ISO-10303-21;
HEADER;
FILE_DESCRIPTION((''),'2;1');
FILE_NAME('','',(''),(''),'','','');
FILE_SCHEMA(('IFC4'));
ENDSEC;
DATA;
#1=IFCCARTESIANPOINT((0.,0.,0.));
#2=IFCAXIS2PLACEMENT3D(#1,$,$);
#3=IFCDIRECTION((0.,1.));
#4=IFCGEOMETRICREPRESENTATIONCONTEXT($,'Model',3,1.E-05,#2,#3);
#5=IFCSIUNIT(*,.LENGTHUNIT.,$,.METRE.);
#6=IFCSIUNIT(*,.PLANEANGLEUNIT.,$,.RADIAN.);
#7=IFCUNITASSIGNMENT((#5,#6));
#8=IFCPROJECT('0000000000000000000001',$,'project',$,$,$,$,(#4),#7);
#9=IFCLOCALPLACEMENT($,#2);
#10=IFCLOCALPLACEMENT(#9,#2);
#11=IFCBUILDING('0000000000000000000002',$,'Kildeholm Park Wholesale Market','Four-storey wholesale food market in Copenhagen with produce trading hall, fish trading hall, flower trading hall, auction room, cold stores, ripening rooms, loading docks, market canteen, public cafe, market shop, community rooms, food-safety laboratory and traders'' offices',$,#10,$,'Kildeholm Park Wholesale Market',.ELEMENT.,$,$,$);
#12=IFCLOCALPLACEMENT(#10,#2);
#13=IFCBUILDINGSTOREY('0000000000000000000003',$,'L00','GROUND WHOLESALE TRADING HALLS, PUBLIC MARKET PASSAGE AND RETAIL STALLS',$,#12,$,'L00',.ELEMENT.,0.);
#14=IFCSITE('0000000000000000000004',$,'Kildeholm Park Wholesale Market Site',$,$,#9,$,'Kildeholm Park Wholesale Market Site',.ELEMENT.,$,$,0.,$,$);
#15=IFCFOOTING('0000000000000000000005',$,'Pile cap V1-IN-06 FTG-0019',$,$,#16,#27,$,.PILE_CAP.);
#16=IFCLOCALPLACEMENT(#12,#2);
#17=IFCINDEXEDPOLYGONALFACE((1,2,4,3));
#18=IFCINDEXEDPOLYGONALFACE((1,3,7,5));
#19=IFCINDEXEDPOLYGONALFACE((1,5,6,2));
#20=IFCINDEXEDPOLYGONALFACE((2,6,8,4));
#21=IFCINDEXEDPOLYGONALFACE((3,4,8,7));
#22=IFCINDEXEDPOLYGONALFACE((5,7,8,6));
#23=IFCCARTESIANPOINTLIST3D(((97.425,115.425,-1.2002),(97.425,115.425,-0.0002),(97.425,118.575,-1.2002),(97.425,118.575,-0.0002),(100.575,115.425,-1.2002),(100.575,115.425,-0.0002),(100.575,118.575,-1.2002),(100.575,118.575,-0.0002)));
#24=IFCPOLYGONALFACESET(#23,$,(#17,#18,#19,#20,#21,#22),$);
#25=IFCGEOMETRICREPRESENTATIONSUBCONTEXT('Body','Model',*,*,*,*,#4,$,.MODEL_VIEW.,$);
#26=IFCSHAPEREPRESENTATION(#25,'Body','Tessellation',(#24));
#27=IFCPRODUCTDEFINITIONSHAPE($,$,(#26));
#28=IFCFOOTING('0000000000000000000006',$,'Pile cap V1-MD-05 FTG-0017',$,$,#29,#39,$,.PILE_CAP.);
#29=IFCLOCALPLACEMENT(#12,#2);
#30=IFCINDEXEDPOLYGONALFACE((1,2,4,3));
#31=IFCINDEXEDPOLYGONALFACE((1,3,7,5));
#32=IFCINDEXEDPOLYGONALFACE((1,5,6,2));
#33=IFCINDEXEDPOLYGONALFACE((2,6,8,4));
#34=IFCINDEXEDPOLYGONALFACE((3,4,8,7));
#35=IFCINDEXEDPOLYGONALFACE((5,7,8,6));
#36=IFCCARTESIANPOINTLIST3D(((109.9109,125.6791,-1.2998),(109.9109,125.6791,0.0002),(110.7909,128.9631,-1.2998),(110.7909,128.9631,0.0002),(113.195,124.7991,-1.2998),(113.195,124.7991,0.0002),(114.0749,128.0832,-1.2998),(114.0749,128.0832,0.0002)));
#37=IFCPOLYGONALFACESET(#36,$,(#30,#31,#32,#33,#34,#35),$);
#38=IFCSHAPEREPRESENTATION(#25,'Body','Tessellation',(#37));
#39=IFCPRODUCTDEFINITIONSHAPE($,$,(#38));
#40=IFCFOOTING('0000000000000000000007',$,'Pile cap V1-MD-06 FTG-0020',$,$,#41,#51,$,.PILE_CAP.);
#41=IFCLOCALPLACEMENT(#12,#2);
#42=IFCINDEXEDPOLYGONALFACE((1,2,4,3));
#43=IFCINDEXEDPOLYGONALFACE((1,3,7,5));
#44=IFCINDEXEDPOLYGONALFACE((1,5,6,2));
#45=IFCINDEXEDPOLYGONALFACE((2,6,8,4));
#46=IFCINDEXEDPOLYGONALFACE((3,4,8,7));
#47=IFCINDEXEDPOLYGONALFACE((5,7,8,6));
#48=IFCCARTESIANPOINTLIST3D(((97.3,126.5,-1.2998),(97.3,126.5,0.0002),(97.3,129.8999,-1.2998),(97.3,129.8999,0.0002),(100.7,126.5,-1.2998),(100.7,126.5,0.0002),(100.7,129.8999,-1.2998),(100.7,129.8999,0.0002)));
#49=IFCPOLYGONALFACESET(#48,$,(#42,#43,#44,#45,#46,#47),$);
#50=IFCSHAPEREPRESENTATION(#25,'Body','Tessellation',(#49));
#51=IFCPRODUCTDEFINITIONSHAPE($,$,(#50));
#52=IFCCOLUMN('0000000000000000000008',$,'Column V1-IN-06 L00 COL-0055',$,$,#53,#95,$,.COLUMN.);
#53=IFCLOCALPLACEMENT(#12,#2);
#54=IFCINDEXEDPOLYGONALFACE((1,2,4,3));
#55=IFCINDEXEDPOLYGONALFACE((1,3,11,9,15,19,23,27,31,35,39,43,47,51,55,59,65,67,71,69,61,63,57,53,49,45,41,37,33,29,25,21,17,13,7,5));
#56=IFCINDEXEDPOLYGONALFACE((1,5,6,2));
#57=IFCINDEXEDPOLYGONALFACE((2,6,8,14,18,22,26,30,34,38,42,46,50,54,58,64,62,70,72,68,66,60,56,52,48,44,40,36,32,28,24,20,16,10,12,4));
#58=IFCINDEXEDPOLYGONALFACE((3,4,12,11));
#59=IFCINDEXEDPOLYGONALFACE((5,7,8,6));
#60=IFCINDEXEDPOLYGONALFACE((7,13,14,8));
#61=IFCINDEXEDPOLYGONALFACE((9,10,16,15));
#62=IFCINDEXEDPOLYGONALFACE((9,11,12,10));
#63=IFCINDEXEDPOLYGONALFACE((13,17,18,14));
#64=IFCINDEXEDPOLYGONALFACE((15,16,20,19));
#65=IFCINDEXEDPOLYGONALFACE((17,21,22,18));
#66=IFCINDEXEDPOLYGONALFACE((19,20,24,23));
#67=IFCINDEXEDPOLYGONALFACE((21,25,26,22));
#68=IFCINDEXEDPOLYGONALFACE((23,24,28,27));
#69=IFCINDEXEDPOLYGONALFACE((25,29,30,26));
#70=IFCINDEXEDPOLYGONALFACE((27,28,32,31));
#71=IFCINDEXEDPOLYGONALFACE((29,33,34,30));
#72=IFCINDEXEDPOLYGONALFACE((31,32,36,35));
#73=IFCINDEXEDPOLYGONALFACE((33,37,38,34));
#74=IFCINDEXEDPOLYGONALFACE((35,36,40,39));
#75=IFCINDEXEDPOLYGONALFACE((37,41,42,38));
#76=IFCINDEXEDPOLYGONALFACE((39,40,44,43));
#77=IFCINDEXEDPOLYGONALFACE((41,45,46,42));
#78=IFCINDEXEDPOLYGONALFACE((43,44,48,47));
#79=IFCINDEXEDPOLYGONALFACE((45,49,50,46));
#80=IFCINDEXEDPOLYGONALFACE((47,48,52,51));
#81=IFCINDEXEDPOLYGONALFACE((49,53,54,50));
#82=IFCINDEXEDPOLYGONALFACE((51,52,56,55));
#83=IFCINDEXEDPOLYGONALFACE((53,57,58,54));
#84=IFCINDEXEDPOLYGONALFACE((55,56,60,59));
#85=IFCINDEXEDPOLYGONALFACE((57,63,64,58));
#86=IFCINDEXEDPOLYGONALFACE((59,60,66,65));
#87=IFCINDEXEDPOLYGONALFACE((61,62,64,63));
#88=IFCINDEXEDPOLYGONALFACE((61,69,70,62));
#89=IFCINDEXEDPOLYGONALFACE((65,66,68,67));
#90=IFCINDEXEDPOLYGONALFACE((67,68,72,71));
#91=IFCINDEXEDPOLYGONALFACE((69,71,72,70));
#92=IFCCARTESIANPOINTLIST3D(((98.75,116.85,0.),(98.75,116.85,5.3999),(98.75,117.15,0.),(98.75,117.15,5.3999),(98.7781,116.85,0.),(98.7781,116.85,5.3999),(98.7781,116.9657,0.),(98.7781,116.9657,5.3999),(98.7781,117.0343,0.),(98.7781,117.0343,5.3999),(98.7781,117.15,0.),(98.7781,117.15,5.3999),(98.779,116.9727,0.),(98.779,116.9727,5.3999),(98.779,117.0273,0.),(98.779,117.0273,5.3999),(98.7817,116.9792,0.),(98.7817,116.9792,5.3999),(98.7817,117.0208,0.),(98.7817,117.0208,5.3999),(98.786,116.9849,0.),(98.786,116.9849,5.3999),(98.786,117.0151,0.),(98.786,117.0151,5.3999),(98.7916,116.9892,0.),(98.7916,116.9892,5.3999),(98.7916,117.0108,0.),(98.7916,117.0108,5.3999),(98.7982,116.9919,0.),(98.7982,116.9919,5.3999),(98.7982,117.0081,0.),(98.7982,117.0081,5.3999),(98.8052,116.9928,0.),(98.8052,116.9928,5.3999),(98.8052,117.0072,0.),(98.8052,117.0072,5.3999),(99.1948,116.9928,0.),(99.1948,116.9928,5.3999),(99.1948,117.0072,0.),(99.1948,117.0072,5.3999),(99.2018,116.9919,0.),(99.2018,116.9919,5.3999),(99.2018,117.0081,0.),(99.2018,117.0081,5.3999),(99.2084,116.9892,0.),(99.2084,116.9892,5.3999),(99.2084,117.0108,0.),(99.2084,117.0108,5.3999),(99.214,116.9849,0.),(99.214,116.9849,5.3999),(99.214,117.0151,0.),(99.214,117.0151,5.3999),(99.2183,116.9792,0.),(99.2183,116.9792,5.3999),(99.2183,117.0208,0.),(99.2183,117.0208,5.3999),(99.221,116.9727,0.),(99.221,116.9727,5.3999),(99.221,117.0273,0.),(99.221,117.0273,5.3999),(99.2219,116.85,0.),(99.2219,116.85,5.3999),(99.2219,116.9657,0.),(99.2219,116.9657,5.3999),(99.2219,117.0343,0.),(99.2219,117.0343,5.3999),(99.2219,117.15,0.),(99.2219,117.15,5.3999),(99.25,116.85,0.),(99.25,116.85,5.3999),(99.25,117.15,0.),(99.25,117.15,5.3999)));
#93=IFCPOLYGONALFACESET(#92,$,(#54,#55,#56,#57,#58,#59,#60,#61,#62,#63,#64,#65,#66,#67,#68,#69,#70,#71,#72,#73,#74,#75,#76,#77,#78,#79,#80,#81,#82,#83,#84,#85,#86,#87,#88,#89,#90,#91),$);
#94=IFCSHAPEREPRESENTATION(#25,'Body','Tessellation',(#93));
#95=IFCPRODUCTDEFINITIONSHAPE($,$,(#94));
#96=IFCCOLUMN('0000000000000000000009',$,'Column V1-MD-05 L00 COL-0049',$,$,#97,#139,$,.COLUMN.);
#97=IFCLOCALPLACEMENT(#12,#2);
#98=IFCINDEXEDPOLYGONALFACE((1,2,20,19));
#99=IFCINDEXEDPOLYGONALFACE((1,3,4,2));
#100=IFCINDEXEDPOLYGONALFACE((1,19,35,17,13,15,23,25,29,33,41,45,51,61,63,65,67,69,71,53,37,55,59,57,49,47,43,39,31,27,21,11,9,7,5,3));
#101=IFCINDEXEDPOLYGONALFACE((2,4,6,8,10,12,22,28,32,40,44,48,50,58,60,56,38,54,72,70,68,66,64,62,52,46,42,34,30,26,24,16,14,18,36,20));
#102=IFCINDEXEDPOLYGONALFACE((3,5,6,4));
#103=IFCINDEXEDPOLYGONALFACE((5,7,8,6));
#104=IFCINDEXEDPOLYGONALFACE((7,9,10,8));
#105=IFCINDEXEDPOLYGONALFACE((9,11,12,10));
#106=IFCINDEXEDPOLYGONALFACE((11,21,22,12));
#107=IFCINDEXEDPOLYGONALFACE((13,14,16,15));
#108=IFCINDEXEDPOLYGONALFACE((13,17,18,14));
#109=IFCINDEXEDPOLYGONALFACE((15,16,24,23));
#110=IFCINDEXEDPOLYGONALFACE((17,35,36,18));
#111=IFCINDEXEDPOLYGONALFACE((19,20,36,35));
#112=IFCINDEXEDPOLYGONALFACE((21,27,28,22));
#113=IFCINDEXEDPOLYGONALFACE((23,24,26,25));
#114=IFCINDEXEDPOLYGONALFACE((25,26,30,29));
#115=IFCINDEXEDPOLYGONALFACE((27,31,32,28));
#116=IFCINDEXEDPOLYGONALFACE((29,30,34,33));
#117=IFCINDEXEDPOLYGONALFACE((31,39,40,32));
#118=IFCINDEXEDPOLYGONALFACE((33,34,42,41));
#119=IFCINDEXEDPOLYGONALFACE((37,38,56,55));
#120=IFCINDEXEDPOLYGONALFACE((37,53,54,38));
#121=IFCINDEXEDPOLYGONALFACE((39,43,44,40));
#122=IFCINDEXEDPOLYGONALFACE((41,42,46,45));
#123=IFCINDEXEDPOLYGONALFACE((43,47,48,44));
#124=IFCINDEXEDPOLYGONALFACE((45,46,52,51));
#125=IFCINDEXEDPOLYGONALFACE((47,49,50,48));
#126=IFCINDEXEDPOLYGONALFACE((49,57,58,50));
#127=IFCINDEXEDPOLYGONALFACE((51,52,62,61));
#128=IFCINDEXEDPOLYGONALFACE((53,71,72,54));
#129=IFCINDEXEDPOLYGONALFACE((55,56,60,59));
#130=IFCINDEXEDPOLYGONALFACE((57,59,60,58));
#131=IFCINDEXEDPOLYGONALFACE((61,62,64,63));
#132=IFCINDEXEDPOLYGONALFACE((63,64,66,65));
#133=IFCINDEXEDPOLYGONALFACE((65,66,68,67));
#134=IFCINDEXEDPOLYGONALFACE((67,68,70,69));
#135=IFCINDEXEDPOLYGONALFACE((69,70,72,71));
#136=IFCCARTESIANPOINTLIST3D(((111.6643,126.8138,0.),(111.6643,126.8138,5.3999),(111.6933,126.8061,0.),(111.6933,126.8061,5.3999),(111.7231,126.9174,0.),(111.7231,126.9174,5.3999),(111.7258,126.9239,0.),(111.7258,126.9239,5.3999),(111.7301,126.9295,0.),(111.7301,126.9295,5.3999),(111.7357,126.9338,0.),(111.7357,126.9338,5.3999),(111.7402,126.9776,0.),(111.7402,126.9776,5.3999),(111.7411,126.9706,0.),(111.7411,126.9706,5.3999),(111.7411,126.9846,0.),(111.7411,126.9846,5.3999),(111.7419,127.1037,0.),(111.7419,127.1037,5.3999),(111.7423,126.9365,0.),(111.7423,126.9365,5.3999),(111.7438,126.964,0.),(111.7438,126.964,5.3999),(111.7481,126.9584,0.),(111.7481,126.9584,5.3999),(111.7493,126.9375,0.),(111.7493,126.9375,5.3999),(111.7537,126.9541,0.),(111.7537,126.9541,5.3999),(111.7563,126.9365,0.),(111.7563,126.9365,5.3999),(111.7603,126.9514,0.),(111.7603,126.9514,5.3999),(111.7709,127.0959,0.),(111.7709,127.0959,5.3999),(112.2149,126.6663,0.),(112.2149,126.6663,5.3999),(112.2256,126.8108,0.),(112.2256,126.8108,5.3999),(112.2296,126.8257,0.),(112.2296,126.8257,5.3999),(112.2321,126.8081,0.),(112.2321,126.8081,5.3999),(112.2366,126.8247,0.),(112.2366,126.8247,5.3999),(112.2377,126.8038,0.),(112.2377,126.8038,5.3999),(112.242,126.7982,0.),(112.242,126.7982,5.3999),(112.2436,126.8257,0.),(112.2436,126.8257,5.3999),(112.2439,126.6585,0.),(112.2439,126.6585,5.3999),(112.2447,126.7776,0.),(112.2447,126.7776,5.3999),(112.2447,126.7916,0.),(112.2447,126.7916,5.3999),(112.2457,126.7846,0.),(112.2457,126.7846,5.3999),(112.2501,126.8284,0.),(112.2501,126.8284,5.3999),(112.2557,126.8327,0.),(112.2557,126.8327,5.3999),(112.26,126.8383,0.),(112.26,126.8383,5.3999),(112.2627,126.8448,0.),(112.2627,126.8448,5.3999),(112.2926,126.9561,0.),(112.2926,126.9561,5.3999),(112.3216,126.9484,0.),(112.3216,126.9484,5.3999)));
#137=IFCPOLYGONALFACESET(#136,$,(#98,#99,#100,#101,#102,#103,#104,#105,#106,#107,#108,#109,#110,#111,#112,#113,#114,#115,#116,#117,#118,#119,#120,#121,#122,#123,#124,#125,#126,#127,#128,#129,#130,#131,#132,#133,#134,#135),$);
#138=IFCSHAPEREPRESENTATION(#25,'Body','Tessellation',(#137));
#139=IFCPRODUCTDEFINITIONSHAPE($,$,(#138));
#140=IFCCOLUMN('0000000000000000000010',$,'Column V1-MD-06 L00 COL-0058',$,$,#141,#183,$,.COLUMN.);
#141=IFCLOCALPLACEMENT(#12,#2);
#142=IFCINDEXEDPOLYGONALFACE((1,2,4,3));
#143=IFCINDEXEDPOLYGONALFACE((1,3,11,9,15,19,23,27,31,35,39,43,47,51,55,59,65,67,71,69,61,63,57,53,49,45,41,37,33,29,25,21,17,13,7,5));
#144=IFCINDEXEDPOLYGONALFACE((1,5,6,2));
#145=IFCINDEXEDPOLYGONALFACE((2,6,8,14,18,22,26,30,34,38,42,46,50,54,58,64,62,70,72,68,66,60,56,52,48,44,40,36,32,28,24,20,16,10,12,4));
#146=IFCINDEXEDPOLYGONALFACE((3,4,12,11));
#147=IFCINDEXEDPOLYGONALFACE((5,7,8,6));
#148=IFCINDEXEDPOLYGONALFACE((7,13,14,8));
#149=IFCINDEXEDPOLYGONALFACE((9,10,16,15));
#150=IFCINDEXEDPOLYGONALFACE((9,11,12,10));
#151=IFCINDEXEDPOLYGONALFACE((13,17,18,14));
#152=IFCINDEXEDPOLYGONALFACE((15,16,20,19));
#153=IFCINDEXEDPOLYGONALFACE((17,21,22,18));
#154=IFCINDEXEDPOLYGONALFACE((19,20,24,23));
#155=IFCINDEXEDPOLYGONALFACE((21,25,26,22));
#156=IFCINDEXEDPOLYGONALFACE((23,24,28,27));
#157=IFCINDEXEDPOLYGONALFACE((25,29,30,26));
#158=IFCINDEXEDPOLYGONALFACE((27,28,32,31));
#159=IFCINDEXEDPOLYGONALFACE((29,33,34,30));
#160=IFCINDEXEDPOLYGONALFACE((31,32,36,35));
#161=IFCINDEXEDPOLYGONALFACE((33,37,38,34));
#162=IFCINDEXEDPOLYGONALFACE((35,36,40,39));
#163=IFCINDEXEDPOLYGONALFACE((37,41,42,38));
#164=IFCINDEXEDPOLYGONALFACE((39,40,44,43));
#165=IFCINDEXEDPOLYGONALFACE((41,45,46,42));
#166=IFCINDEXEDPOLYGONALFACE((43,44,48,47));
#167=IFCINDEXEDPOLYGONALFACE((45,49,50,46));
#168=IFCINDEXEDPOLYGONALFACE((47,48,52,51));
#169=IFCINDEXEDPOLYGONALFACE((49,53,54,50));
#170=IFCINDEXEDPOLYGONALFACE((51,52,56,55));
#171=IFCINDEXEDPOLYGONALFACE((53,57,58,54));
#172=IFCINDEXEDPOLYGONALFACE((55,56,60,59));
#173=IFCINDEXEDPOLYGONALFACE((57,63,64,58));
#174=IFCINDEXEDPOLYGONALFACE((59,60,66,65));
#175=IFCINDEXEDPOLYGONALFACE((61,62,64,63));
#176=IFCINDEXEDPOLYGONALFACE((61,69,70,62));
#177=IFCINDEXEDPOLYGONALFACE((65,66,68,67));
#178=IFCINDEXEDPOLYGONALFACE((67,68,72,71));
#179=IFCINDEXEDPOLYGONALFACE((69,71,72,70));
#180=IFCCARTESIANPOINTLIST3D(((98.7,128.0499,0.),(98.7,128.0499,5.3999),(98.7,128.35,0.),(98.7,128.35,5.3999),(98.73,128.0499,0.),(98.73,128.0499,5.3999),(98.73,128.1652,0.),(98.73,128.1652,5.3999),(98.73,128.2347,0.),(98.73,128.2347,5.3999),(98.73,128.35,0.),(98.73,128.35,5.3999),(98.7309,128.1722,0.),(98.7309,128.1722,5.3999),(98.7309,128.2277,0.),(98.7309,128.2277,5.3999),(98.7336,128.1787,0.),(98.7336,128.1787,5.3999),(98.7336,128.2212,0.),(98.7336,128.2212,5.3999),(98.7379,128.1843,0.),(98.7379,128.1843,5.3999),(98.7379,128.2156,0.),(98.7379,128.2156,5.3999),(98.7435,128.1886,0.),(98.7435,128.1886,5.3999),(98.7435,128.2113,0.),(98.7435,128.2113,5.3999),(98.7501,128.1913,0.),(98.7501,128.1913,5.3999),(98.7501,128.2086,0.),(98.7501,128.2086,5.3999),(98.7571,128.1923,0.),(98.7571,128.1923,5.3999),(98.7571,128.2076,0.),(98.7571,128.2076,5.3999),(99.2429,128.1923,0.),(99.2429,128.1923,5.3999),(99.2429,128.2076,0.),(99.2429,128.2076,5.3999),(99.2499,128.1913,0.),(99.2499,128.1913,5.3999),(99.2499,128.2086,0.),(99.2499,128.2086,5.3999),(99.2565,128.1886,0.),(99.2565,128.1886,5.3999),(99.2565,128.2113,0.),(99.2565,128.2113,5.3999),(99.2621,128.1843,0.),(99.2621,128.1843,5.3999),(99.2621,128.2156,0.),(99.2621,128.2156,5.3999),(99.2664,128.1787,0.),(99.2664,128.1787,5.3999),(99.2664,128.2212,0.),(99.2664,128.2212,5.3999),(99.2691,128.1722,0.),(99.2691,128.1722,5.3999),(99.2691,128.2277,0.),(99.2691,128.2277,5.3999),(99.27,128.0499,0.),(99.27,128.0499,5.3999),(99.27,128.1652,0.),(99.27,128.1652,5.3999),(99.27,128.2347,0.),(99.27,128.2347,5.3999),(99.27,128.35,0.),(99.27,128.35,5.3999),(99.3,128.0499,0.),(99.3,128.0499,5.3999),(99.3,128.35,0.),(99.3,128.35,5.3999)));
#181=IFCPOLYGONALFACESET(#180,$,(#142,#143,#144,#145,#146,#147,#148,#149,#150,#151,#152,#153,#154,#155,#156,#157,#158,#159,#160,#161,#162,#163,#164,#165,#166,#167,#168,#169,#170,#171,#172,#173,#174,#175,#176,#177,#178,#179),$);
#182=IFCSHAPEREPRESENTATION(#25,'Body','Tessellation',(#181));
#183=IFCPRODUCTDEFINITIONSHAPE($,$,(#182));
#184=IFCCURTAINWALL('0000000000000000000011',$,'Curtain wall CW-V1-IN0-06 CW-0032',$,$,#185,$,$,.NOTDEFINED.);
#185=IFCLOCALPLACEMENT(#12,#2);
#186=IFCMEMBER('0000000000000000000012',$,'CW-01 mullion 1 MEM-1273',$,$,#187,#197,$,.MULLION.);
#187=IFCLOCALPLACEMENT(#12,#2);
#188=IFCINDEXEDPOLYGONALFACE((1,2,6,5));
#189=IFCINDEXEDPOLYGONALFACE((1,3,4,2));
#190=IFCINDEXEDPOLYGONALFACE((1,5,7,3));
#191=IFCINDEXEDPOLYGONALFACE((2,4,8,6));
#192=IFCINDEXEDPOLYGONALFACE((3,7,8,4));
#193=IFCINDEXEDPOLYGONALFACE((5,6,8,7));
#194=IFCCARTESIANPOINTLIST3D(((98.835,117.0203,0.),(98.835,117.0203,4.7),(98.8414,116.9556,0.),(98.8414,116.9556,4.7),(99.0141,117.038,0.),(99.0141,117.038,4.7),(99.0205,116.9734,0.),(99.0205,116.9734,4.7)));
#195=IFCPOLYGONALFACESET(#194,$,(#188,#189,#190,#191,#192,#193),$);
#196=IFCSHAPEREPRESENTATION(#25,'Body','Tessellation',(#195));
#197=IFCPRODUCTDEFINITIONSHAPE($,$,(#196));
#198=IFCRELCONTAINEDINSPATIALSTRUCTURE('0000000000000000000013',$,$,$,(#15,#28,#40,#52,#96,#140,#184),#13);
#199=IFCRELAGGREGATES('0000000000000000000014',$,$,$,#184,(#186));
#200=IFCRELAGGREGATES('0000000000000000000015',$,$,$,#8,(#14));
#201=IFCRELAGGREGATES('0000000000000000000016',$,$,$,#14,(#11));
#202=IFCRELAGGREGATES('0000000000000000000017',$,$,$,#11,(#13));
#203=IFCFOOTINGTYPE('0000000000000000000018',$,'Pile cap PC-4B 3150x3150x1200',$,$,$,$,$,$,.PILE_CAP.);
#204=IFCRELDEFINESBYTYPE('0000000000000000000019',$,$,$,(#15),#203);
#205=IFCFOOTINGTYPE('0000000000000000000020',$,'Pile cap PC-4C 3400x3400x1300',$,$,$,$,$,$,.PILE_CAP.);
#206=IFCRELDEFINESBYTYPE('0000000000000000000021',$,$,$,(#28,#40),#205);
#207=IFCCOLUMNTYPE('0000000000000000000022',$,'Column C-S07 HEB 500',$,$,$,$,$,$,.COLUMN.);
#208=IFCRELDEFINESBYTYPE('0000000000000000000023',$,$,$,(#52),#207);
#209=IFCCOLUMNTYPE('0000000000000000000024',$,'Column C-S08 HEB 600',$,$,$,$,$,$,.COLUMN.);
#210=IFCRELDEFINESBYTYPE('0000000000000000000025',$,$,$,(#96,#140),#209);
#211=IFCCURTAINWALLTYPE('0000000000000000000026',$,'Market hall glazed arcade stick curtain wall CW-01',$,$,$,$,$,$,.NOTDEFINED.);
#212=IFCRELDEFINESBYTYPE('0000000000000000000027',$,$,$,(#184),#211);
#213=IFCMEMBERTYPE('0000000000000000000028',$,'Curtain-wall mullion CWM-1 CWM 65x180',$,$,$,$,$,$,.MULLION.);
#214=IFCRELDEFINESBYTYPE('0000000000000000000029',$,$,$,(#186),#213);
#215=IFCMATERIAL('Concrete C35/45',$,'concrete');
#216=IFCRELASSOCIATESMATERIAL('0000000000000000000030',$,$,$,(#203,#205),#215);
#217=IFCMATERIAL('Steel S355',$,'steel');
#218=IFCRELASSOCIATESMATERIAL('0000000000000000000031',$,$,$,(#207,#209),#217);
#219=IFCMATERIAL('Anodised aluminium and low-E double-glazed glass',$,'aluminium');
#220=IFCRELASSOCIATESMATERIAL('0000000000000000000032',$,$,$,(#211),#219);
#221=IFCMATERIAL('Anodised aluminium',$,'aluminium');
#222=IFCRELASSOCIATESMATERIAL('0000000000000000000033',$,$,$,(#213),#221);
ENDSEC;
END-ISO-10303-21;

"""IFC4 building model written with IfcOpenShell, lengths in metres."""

from ifc_helpers import new_model, si_unit, direction, frame, origin, origin_2d, place, context, subcontext, project, spatial, rectangle, i_section, extrude, material, material_profile, profile_set, type_object, element, aggregate, save


model = new_model("IFC4")

# Units and contexts
model_context = context("Model", 3, precision=1e-05, world=origin(), true_north=direction((0.0, 1.0)))
body_context = subcontext(model_context, "Body", "Model", "MODEL_VIEW")
ifc_project = project(units=[si_unit("LENGTHUNIT", "METRE"), si_unit("PLANEANGLEUNIT", "RADIAN")], contexts=[model_context])

# Site, building, storey
site_placement = place(None, origin())
site = spatial("IfcSite", under=ifc_project, at=site_placement, Name="Kildeholm Park Wholesale Market Site", LongName="Kildeholm Park Wholesale Market Site", CompositionType="ELEMENT", RefElevation=0.0)
building_placement = place(site_placement, origin())
building = spatial("IfcBuilding", under=site, at=building_placement, Name="Kildeholm Park Wholesale Market", Description="Four-storey wholesale food market in Copenhagen with produce trading hall, fish trading hall, flower trading hall, auction room, cold stores, ripening rooms, loading docks, market canteen, public cafe, market shop, community rooms, food-safety laboratory and traders' offices", LongName="Kildeholm Park Wholesale Market", CompositionType="ELEMENT")
storey_placement = place(building_placement, origin())
storey = spatial("IfcBuildingStorey", under=building, at=storey_placement, Name="L00", Description="GROUND WHOLESALE TRADING HALLS, PUBLIC MARKET PASSAGE AND RETAIL STALLS", LongName="L00", CompositionType="ELEMENT", Elevation=0.0)

# Shared definitions
ifc_material_1 = material(Name="Concrete C35/45", Category="concrete")

# Footings
footing_type_1 = type_object("IfcFootingType", Name="Pile cap PC-4B 3150x3150x1200", PredefinedType="PILE_CAP", material=ifc_material_1)
footing_1_placement = place(storey_placement, frame((99.0, 117.0, -1.2002), z_axis=(0.0, 0.0, 1.0), x_axis=(0.0, 1.0, 0.0)))
element("IfcFooting", 1, at=footing_1_placement, inside=storey, type_object=footing_type_1, Name="Pile cap V1-IN-06 FTG-0019", PredefinedType="PILE_CAP", context=body_context, shape_type="SweptSolid", body=[
    extrude(rectangle(XDim=3.1499, YDim=3.1499, at=origin_2d()), origin(), (0.0, 0.0, 1.0), 1.2),
])
footing_type_2 = type_object("IfcFootingType", Name="Pile cap PC-4C 3400x3400x1300", PredefinedType="PILE_CAP", material=ifc_material_1)
for number, where, z_axis, x_axis, name in (
    (2, (111.9929, 126.8811, -1.2998), (0.0, 0.0, 1.0), (0.258819, 0.965926, 0.0), "Pile cap V1-MD-05 FTG-0017"),
    (3, (99.0, 128.2, -1.2998), (0.0, 0.0, 1.0), (0.0, 1.0, 0.0), "Pile cap V1-MD-06 FTG-0020"),
):
    element("IfcFooting", number, at=place(storey_placement, frame(where, z_axis=z_axis, x_axis=x_axis)), inside=storey, type_object=footing_type_2, Name=name, PredefinedType="PILE_CAP", context=body_context, shape_type="SweptSolid", body=[
        extrude(rectangle(XDim=3.3999, YDim=3.3999, at=origin_2d()), origin(), (0.0, 0.0, 1.0), 1.3),
    ])

# Columns
ifc_material_2 = material(Name="Steel S355", Category="steel")
ifc_material_profile_1 = material_profile(ifc_material_2, i_section(OverallWidth=0.3, OverallDepth=0.5, WebThickness=0.0144, FlangeThickness=0.0281, FilletRadius=0.0271, at=origin_2d()), Name="HEB 500")
ifc_profile_set_1 = profile_set([ifc_material_profile_1], Name="Steel S355")
column_type_1 = type_object("IfcColumnType", Name="Column C-S07 HEB 500", PredefinedType="COLUMN", material=ifc_profile_set_1)
column_placement = place(storey_placement, frame((99.0, 117.0, 0.0), z_axis=(0.0, 0.0, 1.0), x_axis=(0.0, 1.0, 0.0)))
element("IfcColumn", 4, at=column_placement, inside=storey, type_object=column_type_1, Name="Column V1-IN-06 L00 COL-0055", PredefinedType="COLUMN", context=body_context, shape_type="SweptSolid", body=[
    extrude(i_section(OverallWidth=0.3, OverallDepth=0.5, WebThickness=0.0144, FlangeThickness=0.0281, FilletRadius=0.0271, at=origin_2d()), origin(), (0.0, 0.0, 1.0), 5.3999),
])
ifc_material_profile_2 = material_profile(ifc_material_2, i_section(OverallWidth=0.3, OverallDepth=0.6001, WebThickness=0.0154, FlangeThickness=0.03, FilletRadius=0.0271, at=origin_2d()), Name="HEB 600")
ifc_profile_set_2 = profile_set([ifc_material_profile_2], Name="Steel S355")
column_type_2 = type_object("IfcColumnType", Name="Column C-S08 HEB 600", PredefinedType="COLUMN", material=ifc_profile_set_2)
for number, where, z_axis, x_axis, name in (
    (5, (111.9929, 126.8811, 0.0), (0.0, 0.0, 1.0), (0.258819, 0.965926, 0.0), "Column V1-MD-05 L00 COL-0049"),
    (6, (99.0, 128.2, 0.0), (0.0, 0.0, 1.0), (0.0, 1.0, 0.0), "Column V1-MD-06 L00 COL-0058"),
):
    element("IfcColumn", number, at=place(storey_placement, frame(where, z_axis=z_axis, x_axis=x_axis)), inside=storey, type_object=column_type_2, Name=name, PredefinedType="COLUMN", context=body_context, shape_type="SweptSolid", body=[
        extrude(i_section(OverallWidth=0.3, OverallDepth=0.6001, WebThickness=0.0154, FlangeThickness=0.03, FilletRadius=0.0271, at=origin_2d()), origin(), (0.0, 0.0, 1.0), 5.3999),
    ])

# Curtain wall, member
ifc_material_3 = material(Name="Anodised aluminium and low-E double-glazed glass", Category="aluminium")
curtain_wall_type = type_object("IfcCurtainWallType", Name="Market hall glazed arcade stick curtain wall CW-01", PredefinedType="NOTDEFINED", material=ifc_material_3)
curtain_wall_placement = place(storey_placement, origin())
curtain_wall = element("IfcCurtainWall", 7, at=curtain_wall_placement, inside=storey, type_object=curtain_wall_type, Name="Curtain wall CW-V1-IN0-06 CW-0032", PredefinedType="NOTDEFINED")
ifc_material_4 = material(Name="Anodised aluminium", Category="aluminium")
ifc_material_profile_3 = material_profile(ifc_material_4, rectangle(XDim=0.0649, YDim=0.1799, at=origin_2d()), Name="CWM 65x180")
ifc_profile_set_3 = profile_set([ifc_material_profile_3], Name="Anodised aluminium")
member_type_1 = type_object("IfcMemberType", Name="Curtain-wall mullion CWM-1 CWM 65x180", PredefinedType="MULLION", material=ifc_profile_set_3)
member_1_placement = place(storey_placement, frame((98.9277, 116.9968, 0.0), z_axis=(0.0, 0.0, 1.0), x_axis=(0.098683, -0.995119, 0.0)))
member_1 = element("IfcMember", 8, at=member_1_placement, type_object=member_type_1, Name="CW-01 mullion 1 MEM-1273", PredefinedType="MULLION", context=body_context, shape_type="SweptSolid", body=[
    extrude(rectangle(XDim=0.0649, YDim=0.1799, at=origin_2d()), origin(), (0.0, 0.0, 1.0), 4.7),
])
aggregate(curtain_wall, [member_1])

save(model, "model.ifc")
